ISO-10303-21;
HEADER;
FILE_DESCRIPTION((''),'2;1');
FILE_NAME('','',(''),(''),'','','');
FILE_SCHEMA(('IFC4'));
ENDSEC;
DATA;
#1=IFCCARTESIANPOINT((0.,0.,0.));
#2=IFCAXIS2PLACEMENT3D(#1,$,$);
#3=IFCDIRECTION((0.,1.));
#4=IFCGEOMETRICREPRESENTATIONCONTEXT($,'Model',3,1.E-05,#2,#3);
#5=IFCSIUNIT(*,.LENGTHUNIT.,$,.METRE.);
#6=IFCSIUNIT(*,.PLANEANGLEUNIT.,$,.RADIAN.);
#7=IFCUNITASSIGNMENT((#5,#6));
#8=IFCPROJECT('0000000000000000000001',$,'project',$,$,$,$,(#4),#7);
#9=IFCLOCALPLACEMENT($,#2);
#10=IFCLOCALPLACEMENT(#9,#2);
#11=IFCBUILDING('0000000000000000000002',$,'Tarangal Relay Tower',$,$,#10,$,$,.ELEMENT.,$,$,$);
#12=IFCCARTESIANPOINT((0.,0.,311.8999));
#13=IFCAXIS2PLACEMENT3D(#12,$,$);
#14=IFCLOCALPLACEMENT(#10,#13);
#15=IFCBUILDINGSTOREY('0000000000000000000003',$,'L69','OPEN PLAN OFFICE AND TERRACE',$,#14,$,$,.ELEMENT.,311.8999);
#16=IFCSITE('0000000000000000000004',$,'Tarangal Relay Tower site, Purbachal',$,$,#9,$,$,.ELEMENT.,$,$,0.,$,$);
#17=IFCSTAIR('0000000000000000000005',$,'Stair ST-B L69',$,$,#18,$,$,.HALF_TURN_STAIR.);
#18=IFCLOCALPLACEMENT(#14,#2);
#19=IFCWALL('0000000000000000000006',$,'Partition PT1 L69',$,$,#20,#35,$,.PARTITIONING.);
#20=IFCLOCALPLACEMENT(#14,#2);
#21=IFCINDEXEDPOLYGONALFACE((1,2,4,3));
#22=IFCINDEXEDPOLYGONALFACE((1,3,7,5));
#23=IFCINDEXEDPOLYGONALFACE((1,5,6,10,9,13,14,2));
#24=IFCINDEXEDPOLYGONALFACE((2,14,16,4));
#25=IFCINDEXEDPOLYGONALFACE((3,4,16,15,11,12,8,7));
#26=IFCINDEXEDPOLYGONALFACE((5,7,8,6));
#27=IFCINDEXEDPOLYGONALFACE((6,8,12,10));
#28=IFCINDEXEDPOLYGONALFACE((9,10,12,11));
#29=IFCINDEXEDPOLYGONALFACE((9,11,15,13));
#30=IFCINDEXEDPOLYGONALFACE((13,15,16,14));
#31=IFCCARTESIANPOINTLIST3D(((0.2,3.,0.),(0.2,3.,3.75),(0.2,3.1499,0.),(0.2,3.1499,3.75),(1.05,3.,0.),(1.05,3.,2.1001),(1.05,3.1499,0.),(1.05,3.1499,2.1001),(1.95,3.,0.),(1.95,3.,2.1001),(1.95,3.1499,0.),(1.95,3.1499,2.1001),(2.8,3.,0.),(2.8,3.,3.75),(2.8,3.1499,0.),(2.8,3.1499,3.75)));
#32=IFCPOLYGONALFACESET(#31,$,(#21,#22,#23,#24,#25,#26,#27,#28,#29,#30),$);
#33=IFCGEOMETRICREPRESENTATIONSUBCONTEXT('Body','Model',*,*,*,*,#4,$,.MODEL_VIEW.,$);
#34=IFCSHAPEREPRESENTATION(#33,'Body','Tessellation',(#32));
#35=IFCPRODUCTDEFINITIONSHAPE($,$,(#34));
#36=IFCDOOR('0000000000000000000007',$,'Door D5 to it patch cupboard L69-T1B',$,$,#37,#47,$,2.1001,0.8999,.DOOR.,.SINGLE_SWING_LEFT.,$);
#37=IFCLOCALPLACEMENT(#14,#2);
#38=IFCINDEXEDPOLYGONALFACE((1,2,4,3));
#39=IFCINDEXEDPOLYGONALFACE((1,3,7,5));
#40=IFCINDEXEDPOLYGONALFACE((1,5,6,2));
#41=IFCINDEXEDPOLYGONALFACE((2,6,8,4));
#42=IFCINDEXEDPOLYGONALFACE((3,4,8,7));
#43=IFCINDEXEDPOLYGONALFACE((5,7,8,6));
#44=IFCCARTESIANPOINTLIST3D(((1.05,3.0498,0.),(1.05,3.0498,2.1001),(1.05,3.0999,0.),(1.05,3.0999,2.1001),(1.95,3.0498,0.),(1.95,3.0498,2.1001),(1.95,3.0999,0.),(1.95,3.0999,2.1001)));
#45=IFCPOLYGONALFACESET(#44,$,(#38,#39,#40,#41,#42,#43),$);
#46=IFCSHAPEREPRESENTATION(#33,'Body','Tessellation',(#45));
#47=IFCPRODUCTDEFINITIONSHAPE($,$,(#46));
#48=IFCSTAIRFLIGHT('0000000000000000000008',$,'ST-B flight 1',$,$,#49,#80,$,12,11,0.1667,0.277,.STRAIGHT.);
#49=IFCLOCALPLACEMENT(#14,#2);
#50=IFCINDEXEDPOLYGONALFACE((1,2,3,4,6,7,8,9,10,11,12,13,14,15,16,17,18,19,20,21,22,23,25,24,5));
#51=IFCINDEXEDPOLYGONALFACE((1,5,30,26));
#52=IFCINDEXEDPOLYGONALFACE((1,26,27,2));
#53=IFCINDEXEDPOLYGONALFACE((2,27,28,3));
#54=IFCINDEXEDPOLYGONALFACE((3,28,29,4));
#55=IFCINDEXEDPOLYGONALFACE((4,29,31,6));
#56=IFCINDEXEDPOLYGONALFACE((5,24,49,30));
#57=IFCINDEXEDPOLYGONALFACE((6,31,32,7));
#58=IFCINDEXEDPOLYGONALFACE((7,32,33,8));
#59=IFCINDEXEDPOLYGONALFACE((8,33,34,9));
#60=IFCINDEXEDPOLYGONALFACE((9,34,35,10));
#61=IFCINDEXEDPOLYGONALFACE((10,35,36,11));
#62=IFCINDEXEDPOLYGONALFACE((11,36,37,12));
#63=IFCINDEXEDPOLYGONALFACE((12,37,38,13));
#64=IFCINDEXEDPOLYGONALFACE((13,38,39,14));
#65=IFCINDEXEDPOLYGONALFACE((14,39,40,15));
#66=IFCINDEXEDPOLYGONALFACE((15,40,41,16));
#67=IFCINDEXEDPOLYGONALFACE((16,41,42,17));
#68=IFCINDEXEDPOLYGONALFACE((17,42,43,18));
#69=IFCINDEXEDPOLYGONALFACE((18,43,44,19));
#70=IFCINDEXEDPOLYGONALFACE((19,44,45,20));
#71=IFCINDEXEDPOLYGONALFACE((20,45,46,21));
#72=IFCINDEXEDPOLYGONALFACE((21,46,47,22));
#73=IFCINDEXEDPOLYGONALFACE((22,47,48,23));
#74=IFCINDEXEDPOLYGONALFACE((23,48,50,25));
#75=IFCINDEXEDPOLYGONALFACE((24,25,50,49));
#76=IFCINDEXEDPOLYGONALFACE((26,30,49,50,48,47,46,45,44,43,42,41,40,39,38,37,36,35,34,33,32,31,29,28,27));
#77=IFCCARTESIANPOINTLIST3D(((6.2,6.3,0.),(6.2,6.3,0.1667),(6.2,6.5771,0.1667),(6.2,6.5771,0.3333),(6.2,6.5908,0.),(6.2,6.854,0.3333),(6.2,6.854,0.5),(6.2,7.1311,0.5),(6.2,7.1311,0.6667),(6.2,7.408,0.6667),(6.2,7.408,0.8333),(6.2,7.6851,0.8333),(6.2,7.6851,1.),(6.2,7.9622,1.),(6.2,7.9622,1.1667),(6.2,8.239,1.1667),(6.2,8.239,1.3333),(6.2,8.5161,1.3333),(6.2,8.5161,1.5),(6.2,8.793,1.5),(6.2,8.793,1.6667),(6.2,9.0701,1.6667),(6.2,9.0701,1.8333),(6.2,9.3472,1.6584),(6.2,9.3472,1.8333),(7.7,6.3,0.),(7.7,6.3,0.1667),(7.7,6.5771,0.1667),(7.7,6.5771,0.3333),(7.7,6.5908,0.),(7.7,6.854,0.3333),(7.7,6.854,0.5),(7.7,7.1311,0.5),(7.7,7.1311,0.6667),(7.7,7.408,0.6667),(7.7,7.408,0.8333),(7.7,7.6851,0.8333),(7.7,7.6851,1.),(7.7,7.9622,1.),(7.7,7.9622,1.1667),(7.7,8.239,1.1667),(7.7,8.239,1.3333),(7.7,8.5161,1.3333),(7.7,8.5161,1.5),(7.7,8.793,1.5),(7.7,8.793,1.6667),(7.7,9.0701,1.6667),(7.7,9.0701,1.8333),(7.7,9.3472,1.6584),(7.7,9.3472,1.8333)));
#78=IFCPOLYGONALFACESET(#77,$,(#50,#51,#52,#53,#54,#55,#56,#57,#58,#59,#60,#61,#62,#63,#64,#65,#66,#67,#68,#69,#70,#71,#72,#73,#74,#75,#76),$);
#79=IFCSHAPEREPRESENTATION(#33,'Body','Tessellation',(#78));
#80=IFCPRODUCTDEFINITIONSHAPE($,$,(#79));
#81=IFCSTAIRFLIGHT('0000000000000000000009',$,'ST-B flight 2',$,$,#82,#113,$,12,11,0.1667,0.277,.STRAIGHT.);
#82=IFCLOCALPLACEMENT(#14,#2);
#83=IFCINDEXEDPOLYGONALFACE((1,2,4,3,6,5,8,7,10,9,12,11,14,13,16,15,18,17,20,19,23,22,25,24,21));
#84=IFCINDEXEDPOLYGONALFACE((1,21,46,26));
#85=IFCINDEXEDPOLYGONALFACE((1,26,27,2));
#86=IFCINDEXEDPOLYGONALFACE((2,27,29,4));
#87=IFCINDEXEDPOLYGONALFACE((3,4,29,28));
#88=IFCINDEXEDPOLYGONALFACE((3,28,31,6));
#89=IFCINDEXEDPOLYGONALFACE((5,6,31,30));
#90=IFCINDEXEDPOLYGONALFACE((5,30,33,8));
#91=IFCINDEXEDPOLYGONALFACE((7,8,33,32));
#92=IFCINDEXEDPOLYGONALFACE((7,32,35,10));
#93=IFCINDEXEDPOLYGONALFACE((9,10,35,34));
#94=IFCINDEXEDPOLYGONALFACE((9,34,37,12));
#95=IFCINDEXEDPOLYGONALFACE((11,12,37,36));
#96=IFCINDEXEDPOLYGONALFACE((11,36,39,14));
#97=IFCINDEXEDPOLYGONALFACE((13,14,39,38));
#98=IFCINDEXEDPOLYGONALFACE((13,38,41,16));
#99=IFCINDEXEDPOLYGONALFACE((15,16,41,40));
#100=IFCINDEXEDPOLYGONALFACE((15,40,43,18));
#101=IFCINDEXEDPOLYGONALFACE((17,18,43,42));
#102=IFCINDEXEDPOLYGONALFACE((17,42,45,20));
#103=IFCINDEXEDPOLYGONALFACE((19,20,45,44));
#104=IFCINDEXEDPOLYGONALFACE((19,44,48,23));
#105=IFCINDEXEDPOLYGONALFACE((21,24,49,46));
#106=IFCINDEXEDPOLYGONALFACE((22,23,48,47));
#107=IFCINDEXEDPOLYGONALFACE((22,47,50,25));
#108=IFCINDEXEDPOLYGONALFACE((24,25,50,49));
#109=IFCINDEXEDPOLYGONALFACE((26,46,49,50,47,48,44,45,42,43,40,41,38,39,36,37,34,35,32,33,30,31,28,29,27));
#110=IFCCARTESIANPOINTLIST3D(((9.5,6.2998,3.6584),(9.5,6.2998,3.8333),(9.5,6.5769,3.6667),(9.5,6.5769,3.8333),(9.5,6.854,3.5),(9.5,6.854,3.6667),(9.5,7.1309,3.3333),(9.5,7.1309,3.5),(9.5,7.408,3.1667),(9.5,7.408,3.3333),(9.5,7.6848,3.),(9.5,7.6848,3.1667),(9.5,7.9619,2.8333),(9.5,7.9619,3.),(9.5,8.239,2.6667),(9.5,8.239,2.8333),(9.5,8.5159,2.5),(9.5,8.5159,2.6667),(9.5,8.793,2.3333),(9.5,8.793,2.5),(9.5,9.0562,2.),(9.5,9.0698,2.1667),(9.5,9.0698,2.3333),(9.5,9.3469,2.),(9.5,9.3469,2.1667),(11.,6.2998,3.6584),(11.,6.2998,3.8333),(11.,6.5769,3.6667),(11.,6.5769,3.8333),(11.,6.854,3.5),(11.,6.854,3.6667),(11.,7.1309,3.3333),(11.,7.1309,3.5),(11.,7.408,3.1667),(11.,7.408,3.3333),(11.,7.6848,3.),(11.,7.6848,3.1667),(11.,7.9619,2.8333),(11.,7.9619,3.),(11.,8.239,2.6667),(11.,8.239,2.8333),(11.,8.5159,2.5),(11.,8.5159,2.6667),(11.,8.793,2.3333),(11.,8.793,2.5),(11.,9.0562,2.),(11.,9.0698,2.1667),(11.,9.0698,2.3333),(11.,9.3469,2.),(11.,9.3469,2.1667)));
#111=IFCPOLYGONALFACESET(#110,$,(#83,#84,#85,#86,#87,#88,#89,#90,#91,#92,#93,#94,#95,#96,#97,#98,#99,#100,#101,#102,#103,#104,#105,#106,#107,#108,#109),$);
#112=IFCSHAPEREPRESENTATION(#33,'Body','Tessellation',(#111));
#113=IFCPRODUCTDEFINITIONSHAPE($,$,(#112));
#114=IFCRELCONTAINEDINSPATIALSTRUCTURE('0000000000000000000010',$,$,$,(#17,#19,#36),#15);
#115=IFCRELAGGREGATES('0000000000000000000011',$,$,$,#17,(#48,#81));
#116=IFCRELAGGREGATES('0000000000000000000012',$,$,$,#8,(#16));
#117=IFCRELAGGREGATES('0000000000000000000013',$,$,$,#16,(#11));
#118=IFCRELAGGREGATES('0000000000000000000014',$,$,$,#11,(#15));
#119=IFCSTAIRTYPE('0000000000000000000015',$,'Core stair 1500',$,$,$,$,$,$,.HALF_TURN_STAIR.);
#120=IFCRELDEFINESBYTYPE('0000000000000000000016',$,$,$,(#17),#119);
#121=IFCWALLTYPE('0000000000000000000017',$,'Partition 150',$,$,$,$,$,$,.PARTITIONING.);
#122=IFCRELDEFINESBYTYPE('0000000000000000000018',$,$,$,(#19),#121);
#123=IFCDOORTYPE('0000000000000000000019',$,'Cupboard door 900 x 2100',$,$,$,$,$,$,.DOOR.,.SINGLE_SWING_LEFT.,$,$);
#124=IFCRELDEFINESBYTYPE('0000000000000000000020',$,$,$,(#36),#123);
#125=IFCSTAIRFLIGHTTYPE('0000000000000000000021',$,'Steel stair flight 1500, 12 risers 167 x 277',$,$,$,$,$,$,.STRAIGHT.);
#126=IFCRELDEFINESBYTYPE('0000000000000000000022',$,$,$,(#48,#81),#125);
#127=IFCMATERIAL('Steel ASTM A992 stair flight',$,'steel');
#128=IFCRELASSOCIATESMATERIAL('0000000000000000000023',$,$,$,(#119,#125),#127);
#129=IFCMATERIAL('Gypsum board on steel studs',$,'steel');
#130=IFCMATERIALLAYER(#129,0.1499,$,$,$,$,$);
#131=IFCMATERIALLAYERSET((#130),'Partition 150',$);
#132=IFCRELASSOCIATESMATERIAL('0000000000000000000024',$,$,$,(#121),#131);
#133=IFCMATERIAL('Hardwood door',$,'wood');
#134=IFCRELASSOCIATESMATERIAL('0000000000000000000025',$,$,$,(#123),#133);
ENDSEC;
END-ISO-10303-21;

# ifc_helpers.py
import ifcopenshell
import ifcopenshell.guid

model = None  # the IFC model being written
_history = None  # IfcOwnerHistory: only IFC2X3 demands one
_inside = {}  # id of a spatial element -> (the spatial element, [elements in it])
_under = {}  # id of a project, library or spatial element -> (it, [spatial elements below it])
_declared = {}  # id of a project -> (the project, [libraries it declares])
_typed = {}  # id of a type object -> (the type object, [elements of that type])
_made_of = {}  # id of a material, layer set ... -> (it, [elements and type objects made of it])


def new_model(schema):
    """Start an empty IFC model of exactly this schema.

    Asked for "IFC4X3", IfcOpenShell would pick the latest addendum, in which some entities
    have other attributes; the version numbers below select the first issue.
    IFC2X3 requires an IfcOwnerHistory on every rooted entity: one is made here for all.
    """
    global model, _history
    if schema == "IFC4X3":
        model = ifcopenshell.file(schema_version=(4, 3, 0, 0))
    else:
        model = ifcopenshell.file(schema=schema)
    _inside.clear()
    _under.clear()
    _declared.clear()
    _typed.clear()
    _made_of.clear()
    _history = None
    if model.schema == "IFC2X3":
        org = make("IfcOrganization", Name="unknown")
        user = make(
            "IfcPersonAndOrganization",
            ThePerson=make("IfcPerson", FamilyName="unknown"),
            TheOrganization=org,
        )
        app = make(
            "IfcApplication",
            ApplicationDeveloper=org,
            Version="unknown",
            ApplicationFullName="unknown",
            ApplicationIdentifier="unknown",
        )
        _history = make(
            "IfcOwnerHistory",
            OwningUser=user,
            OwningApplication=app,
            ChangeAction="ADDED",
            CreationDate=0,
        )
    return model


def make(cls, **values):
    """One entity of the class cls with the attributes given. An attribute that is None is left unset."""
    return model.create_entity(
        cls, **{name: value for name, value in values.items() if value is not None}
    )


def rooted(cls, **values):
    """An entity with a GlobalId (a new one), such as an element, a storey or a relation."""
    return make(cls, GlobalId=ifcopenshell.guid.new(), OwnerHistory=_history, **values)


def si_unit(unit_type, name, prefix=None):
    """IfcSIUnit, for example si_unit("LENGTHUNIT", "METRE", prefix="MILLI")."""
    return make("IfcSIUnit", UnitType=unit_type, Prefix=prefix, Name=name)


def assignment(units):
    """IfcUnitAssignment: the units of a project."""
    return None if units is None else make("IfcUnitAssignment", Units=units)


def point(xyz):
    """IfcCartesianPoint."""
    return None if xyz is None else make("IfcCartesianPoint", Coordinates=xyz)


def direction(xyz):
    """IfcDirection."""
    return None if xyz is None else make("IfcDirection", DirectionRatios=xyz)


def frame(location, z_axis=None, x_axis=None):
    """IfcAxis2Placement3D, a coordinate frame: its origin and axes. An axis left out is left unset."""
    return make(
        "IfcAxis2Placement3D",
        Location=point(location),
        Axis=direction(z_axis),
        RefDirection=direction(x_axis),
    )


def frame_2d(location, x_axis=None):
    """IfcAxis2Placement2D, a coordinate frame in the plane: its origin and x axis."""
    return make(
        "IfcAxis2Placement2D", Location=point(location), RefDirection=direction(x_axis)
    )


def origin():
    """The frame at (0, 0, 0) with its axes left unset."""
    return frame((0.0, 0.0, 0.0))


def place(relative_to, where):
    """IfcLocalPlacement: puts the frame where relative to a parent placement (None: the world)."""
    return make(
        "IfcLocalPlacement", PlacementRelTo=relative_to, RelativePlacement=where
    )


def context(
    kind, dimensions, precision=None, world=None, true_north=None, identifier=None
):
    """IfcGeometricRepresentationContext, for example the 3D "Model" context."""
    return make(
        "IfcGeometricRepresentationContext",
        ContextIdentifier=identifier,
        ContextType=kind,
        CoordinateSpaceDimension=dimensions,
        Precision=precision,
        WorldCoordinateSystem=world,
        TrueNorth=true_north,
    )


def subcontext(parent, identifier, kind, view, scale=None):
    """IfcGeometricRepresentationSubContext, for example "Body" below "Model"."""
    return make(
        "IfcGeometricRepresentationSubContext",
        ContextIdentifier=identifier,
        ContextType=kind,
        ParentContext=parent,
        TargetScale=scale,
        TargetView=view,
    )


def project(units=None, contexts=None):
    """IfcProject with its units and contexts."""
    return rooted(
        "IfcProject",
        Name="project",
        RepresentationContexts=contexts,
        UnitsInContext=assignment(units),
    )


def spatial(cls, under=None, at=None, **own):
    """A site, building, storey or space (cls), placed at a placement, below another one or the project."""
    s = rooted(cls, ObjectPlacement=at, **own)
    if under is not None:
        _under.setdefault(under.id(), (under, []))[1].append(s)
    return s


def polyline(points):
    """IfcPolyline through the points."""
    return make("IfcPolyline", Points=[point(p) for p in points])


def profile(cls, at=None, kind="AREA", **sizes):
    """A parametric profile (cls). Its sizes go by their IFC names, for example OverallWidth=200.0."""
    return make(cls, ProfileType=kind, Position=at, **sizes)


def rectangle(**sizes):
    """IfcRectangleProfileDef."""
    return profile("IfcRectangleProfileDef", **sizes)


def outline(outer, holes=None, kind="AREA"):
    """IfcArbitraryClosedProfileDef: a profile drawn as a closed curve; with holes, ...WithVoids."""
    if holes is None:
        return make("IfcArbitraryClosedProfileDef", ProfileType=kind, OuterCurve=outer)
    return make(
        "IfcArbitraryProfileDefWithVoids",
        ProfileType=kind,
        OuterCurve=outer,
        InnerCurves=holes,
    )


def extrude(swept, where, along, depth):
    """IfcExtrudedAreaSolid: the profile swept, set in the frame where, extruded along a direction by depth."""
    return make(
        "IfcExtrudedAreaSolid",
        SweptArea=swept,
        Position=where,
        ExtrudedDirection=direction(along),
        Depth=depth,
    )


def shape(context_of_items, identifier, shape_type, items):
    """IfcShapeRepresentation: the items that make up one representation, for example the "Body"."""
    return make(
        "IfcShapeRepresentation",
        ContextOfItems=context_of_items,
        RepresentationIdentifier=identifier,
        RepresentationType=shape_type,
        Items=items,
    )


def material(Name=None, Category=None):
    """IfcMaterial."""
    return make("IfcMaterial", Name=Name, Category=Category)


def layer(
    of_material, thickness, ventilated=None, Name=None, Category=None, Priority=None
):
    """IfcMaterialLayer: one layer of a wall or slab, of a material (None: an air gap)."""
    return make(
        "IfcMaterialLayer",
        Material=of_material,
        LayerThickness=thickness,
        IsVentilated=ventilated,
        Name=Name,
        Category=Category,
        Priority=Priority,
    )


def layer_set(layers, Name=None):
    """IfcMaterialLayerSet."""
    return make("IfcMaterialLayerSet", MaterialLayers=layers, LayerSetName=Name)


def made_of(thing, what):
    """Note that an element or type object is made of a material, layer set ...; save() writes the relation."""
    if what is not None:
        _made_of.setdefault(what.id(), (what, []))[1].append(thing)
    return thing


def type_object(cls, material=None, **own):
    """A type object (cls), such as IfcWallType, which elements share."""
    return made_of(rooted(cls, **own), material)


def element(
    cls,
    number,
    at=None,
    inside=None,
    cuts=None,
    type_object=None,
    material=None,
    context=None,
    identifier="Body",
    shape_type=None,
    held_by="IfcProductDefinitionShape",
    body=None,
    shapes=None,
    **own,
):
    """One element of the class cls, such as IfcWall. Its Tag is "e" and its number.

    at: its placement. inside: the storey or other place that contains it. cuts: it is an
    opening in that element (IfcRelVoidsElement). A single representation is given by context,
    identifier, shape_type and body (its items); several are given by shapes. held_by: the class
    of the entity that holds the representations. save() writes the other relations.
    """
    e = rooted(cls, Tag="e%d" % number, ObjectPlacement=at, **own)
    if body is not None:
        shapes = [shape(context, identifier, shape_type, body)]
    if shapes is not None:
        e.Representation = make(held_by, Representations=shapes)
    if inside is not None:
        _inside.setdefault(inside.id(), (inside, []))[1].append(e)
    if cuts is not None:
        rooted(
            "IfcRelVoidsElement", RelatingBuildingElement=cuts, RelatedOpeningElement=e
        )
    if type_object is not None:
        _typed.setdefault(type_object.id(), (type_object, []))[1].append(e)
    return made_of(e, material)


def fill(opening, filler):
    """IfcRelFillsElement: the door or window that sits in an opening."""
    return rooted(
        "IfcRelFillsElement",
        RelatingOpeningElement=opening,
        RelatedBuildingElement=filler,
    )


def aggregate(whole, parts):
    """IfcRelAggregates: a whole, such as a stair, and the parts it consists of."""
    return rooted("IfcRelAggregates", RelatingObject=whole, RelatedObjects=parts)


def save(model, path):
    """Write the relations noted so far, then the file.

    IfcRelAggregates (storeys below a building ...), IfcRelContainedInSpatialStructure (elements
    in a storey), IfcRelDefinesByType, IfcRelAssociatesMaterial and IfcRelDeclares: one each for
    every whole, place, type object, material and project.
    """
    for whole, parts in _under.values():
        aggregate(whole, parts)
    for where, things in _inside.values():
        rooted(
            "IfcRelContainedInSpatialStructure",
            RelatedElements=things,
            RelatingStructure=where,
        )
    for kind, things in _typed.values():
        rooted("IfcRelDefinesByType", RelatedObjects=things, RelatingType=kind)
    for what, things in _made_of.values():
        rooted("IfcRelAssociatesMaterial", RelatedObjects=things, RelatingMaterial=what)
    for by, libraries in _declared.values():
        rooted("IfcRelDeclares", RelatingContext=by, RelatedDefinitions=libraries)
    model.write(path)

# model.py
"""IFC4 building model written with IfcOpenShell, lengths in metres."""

from ifc_helpers import new_model, si_unit, direction, frame, frame_2d, origin, place, context, subcontext, project, spatial, polyline, rectangle, outline, extrude, material, layer, layer_set, type_object, element, fill, aggregate, save


model = new_model("IFC4")

# Units and contexts
model_context = context("Model", 3, precision=1e-05, world=origin(), true_north=direction((0.0, 1.0)))
body_context = subcontext(model_context, "Body", "Model", "MODEL_VIEW")
ifc_project = project(units=[si_unit("LENGTHUNIT", "METRE"), si_unit("PLANEANGLEUNIT", "RADIAN")], contexts=[model_context])

# Site, building, storey
site_placement = place(None, origin())
site = spatial("IfcSite", under=ifc_project, at=site_placement, Name="Tarangal Relay Tower site, Purbachal", CompositionType="ELEMENT", RefElevation=0.0)
building_placement = place(site_placement, origin())
building = spatial("IfcBuilding", under=site, at=building_placement, Name="Tarangal Relay Tower", CompositionType="ELEMENT")
storey_placement = place(building_placement, frame((0.0, 0.0, 311.8999)))
storey = spatial("IfcBuildingStorey", under=building, at=storey_placement, Name="L69", Description="OPEN PLAN OFFICE AND TERRACE", CompositionType="ELEMENT", Elevation=311.8999)

# Stair
ifc_material_1 = material(Name="Steel ASTM A992 stair flight", Category="steel")
stair_type = type_object("IfcStairType", Name="Core stair 1500", PredefinedType="HALF_TURN_STAIR", material=ifc_material_1)
stair_1_placement = place(storey_placement, origin())
stair_1 = element("IfcStair", 1, at=stair_1_placement, inside=storey, type_object=stair_type, Name="Stair ST-B L69", PredefinedType="HALF_TURN_STAIR")

# Wall, opening, door
ifc_material_2 = material(Name="Gypsum board on steel studs", Category="steel")
ifc_layer_1 = layer(ifc_material_2, 0.1499)
ifc_layer_set_1 = layer_set([ifc_layer_1], Name="Partition 150")
wall_type_1 = type_object("IfcWallType", Name="Partition 150", PredefinedType="PARTITIONING", material=ifc_layer_set_1)
wall_1_placement = place(storey_placement, frame((0.2, 3.075, 0.0), z_axis=(0.0, 0.0, 1.0), x_axis=(1.0, 0.0, 0.0)))
wall_1 = element("IfcWall", 2, at=wall_1_placement, inside=storey, type_object=wall_type_1, Name="Partition PT1 L69", PredefinedType="PARTITIONING", context=body_context, shape_type="SweptSolid", body=[
    extrude(rectangle(XDim=2.6001, YDim=0.1499, at=frame_2d((1.3, 0.0))), origin(), (0.0, 0.0, 1.0), 3.75),
])
opening_1_placement = place(wall_1_placement, frame((0.8501, 0.0, 0.0)))
opening_1 = element("IfcOpeningElement", 3, at=opening_1_placement, cuts=wall_1, PredefinedType="OPENING", context=body_context, shape_type="SweptSolid", body=[
    extrude(rectangle(XDim=0.8999, YDim=2.1001, at=frame_2d((0.45, 1.05))), frame((0.0, 0.085, 0.0), z_axis=(0.0, -1.0, 0.0), x_axis=(1.0, 0.0, 0.0)), (0.0, 0.0, 1.0), 0.1699),
])
ifc_material_3 = material(Name="Hardwood door", Category="wood")
door_type_1 = type_object("IfcDoorType", Name="Cupboard door 900 x 2100", OperationType="SINGLE_SWING_LEFT", PredefinedType="DOOR", material=ifc_material_3)
door_1_placement = place(opening_1_placement, origin())
door_1 = element("IfcDoor", 4, at=door_1_placement, inside=storey, type_object=door_type_1, Name="Door D5 to it patch cupboard L69-T1B", OperationType="SINGLE_SWING_LEFT", OverallHeight=2.1001, OverallWidth=0.8999, PredefinedType="DOOR", context=body_context, shape_type="SweptSolid", body=[
    extrude(rectangle(XDim=0.8999, YDim=2.1001, at=frame_2d((0.45, 1.05))), frame((0.0, 0.0249, 0.0), z_axis=(0.0, -1.0, 0.0), x_axis=(1.0, 0.0, 0.0)), (0.0, 0.0, 1.0), 0.05),
])
fill(opening_1, door_1)

# Stair flights
stair_flight_type = type_object("IfcStairFlightType", Name="Steel stair flight 1500, 12 risers 167 x 277", PredefinedType="STRAIGHT", material=ifc_material_1)
stair_flight_1_placement = place(storey_placement, frame((6.95, 6.3, 0.0), z_axis=(0.0, 0.0, 1.0), x_axis=(0.0, 1.0, 0.0)))
stair_flight_1 = element("IfcStairFlight", 5, at=stair_flight_1_placement, type_object=stair_flight_type, Name="ST-B flight 1", NumberOfRisers=12, NumberOfTreads=11, PredefinedType="STRAIGHT", RiserHeight=0.1667, TreadLength=0.277, context=body_context, shape_type="SweptSolid", body=[
    extrude(outline(polyline([(0.0, 0.0), (0.0, 0.1667), (0.2771, 0.1667), (0.2771, 0.3333), (0.554, 0.3333), (0.554, 0.5), (0.8311, 0.5), (0.8311, 0.6667), (1.1079, 0.6667), (1.1079, 0.8333), (1.385, 0.8333), (1.385, 1.0), (1.6621, 1.0), (1.6621, 1.1667), (1.939, 1.1667), (1.939, 1.3333), (2.2161, 1.3333), (2.2161, 1.5), (2.4929, 1.5), (2.4929, 1.6667), (2.77, 1.6667), (2.77, 1.8333), (3.0471, 1.8333), (3.0471, 2.0), (3.0471, 1.6584), (0.2908, 0.0), (0.0, 0.0)])), frame((0.0, 0.75, 0.0), z_axis=(0.0, -1.0, 0.0), x_axis=(1.0, 0.0, 0.0)), (0.0, 0.0, 1.0), 1.5),
])
stair_flight_2_placement = place(storey_placement, frame((10.25, 9.3469, 2.0), z_axis=(0.0, 0.0, 1.0), x_axis=(0.0, -1.0, 0.0)))
stair_flight_2 = element("IfcStairFlight", 6, at=stair_flight_2_placement, type_object=stair_flight_type, Name="ST-B flight 2", NumberOfRisers=12, NumberOfTreads=11, PredefinedType="STRAIGHT", RiserHeight=0.1667, TreadLength=0.277, context=body_context, shape_type="SweptSolid", body=[
    extrude(outline(polyline([(0.0, 0.0), (0.0, 0.1667), (0.2771, 0.1667), (0.2771, 0.3333), (0.554, 0.3333), (0.554, 0.5), (0.8311, 0.5), (0.8311, 0.6667), (1.1079, 0.6667), (1.1079, 0.8333), (1.385, 0.8333), (1.385, 1.0), (1.6621, 1.0), (1.6621, 1.1667), (1.939, 1.1667), (1.939, 1.3333), (2.2161, 1.3333), (2.2161, 1.5), (2.4929, 1.5), (2.4929, 1.6667), (2.77, 1.6667), (2.77, 1.8333), (3.0471, 1.8333), (3.0471, 2.0), (3.0471, 1.6584), (0.2908, 0.0), (0.0, 0.0)])), frame((0.0, 0.75, 0.0), z_axis=(0.0, -1.0, 0.0), x_axis=(1.0, 0.0, 0.0)), (0.0, 0.0, 1.0), 1.5),
])
aggregate(stair_1, [stair_flight_1, stair_flight_2])

save(model, "model.ifc")
